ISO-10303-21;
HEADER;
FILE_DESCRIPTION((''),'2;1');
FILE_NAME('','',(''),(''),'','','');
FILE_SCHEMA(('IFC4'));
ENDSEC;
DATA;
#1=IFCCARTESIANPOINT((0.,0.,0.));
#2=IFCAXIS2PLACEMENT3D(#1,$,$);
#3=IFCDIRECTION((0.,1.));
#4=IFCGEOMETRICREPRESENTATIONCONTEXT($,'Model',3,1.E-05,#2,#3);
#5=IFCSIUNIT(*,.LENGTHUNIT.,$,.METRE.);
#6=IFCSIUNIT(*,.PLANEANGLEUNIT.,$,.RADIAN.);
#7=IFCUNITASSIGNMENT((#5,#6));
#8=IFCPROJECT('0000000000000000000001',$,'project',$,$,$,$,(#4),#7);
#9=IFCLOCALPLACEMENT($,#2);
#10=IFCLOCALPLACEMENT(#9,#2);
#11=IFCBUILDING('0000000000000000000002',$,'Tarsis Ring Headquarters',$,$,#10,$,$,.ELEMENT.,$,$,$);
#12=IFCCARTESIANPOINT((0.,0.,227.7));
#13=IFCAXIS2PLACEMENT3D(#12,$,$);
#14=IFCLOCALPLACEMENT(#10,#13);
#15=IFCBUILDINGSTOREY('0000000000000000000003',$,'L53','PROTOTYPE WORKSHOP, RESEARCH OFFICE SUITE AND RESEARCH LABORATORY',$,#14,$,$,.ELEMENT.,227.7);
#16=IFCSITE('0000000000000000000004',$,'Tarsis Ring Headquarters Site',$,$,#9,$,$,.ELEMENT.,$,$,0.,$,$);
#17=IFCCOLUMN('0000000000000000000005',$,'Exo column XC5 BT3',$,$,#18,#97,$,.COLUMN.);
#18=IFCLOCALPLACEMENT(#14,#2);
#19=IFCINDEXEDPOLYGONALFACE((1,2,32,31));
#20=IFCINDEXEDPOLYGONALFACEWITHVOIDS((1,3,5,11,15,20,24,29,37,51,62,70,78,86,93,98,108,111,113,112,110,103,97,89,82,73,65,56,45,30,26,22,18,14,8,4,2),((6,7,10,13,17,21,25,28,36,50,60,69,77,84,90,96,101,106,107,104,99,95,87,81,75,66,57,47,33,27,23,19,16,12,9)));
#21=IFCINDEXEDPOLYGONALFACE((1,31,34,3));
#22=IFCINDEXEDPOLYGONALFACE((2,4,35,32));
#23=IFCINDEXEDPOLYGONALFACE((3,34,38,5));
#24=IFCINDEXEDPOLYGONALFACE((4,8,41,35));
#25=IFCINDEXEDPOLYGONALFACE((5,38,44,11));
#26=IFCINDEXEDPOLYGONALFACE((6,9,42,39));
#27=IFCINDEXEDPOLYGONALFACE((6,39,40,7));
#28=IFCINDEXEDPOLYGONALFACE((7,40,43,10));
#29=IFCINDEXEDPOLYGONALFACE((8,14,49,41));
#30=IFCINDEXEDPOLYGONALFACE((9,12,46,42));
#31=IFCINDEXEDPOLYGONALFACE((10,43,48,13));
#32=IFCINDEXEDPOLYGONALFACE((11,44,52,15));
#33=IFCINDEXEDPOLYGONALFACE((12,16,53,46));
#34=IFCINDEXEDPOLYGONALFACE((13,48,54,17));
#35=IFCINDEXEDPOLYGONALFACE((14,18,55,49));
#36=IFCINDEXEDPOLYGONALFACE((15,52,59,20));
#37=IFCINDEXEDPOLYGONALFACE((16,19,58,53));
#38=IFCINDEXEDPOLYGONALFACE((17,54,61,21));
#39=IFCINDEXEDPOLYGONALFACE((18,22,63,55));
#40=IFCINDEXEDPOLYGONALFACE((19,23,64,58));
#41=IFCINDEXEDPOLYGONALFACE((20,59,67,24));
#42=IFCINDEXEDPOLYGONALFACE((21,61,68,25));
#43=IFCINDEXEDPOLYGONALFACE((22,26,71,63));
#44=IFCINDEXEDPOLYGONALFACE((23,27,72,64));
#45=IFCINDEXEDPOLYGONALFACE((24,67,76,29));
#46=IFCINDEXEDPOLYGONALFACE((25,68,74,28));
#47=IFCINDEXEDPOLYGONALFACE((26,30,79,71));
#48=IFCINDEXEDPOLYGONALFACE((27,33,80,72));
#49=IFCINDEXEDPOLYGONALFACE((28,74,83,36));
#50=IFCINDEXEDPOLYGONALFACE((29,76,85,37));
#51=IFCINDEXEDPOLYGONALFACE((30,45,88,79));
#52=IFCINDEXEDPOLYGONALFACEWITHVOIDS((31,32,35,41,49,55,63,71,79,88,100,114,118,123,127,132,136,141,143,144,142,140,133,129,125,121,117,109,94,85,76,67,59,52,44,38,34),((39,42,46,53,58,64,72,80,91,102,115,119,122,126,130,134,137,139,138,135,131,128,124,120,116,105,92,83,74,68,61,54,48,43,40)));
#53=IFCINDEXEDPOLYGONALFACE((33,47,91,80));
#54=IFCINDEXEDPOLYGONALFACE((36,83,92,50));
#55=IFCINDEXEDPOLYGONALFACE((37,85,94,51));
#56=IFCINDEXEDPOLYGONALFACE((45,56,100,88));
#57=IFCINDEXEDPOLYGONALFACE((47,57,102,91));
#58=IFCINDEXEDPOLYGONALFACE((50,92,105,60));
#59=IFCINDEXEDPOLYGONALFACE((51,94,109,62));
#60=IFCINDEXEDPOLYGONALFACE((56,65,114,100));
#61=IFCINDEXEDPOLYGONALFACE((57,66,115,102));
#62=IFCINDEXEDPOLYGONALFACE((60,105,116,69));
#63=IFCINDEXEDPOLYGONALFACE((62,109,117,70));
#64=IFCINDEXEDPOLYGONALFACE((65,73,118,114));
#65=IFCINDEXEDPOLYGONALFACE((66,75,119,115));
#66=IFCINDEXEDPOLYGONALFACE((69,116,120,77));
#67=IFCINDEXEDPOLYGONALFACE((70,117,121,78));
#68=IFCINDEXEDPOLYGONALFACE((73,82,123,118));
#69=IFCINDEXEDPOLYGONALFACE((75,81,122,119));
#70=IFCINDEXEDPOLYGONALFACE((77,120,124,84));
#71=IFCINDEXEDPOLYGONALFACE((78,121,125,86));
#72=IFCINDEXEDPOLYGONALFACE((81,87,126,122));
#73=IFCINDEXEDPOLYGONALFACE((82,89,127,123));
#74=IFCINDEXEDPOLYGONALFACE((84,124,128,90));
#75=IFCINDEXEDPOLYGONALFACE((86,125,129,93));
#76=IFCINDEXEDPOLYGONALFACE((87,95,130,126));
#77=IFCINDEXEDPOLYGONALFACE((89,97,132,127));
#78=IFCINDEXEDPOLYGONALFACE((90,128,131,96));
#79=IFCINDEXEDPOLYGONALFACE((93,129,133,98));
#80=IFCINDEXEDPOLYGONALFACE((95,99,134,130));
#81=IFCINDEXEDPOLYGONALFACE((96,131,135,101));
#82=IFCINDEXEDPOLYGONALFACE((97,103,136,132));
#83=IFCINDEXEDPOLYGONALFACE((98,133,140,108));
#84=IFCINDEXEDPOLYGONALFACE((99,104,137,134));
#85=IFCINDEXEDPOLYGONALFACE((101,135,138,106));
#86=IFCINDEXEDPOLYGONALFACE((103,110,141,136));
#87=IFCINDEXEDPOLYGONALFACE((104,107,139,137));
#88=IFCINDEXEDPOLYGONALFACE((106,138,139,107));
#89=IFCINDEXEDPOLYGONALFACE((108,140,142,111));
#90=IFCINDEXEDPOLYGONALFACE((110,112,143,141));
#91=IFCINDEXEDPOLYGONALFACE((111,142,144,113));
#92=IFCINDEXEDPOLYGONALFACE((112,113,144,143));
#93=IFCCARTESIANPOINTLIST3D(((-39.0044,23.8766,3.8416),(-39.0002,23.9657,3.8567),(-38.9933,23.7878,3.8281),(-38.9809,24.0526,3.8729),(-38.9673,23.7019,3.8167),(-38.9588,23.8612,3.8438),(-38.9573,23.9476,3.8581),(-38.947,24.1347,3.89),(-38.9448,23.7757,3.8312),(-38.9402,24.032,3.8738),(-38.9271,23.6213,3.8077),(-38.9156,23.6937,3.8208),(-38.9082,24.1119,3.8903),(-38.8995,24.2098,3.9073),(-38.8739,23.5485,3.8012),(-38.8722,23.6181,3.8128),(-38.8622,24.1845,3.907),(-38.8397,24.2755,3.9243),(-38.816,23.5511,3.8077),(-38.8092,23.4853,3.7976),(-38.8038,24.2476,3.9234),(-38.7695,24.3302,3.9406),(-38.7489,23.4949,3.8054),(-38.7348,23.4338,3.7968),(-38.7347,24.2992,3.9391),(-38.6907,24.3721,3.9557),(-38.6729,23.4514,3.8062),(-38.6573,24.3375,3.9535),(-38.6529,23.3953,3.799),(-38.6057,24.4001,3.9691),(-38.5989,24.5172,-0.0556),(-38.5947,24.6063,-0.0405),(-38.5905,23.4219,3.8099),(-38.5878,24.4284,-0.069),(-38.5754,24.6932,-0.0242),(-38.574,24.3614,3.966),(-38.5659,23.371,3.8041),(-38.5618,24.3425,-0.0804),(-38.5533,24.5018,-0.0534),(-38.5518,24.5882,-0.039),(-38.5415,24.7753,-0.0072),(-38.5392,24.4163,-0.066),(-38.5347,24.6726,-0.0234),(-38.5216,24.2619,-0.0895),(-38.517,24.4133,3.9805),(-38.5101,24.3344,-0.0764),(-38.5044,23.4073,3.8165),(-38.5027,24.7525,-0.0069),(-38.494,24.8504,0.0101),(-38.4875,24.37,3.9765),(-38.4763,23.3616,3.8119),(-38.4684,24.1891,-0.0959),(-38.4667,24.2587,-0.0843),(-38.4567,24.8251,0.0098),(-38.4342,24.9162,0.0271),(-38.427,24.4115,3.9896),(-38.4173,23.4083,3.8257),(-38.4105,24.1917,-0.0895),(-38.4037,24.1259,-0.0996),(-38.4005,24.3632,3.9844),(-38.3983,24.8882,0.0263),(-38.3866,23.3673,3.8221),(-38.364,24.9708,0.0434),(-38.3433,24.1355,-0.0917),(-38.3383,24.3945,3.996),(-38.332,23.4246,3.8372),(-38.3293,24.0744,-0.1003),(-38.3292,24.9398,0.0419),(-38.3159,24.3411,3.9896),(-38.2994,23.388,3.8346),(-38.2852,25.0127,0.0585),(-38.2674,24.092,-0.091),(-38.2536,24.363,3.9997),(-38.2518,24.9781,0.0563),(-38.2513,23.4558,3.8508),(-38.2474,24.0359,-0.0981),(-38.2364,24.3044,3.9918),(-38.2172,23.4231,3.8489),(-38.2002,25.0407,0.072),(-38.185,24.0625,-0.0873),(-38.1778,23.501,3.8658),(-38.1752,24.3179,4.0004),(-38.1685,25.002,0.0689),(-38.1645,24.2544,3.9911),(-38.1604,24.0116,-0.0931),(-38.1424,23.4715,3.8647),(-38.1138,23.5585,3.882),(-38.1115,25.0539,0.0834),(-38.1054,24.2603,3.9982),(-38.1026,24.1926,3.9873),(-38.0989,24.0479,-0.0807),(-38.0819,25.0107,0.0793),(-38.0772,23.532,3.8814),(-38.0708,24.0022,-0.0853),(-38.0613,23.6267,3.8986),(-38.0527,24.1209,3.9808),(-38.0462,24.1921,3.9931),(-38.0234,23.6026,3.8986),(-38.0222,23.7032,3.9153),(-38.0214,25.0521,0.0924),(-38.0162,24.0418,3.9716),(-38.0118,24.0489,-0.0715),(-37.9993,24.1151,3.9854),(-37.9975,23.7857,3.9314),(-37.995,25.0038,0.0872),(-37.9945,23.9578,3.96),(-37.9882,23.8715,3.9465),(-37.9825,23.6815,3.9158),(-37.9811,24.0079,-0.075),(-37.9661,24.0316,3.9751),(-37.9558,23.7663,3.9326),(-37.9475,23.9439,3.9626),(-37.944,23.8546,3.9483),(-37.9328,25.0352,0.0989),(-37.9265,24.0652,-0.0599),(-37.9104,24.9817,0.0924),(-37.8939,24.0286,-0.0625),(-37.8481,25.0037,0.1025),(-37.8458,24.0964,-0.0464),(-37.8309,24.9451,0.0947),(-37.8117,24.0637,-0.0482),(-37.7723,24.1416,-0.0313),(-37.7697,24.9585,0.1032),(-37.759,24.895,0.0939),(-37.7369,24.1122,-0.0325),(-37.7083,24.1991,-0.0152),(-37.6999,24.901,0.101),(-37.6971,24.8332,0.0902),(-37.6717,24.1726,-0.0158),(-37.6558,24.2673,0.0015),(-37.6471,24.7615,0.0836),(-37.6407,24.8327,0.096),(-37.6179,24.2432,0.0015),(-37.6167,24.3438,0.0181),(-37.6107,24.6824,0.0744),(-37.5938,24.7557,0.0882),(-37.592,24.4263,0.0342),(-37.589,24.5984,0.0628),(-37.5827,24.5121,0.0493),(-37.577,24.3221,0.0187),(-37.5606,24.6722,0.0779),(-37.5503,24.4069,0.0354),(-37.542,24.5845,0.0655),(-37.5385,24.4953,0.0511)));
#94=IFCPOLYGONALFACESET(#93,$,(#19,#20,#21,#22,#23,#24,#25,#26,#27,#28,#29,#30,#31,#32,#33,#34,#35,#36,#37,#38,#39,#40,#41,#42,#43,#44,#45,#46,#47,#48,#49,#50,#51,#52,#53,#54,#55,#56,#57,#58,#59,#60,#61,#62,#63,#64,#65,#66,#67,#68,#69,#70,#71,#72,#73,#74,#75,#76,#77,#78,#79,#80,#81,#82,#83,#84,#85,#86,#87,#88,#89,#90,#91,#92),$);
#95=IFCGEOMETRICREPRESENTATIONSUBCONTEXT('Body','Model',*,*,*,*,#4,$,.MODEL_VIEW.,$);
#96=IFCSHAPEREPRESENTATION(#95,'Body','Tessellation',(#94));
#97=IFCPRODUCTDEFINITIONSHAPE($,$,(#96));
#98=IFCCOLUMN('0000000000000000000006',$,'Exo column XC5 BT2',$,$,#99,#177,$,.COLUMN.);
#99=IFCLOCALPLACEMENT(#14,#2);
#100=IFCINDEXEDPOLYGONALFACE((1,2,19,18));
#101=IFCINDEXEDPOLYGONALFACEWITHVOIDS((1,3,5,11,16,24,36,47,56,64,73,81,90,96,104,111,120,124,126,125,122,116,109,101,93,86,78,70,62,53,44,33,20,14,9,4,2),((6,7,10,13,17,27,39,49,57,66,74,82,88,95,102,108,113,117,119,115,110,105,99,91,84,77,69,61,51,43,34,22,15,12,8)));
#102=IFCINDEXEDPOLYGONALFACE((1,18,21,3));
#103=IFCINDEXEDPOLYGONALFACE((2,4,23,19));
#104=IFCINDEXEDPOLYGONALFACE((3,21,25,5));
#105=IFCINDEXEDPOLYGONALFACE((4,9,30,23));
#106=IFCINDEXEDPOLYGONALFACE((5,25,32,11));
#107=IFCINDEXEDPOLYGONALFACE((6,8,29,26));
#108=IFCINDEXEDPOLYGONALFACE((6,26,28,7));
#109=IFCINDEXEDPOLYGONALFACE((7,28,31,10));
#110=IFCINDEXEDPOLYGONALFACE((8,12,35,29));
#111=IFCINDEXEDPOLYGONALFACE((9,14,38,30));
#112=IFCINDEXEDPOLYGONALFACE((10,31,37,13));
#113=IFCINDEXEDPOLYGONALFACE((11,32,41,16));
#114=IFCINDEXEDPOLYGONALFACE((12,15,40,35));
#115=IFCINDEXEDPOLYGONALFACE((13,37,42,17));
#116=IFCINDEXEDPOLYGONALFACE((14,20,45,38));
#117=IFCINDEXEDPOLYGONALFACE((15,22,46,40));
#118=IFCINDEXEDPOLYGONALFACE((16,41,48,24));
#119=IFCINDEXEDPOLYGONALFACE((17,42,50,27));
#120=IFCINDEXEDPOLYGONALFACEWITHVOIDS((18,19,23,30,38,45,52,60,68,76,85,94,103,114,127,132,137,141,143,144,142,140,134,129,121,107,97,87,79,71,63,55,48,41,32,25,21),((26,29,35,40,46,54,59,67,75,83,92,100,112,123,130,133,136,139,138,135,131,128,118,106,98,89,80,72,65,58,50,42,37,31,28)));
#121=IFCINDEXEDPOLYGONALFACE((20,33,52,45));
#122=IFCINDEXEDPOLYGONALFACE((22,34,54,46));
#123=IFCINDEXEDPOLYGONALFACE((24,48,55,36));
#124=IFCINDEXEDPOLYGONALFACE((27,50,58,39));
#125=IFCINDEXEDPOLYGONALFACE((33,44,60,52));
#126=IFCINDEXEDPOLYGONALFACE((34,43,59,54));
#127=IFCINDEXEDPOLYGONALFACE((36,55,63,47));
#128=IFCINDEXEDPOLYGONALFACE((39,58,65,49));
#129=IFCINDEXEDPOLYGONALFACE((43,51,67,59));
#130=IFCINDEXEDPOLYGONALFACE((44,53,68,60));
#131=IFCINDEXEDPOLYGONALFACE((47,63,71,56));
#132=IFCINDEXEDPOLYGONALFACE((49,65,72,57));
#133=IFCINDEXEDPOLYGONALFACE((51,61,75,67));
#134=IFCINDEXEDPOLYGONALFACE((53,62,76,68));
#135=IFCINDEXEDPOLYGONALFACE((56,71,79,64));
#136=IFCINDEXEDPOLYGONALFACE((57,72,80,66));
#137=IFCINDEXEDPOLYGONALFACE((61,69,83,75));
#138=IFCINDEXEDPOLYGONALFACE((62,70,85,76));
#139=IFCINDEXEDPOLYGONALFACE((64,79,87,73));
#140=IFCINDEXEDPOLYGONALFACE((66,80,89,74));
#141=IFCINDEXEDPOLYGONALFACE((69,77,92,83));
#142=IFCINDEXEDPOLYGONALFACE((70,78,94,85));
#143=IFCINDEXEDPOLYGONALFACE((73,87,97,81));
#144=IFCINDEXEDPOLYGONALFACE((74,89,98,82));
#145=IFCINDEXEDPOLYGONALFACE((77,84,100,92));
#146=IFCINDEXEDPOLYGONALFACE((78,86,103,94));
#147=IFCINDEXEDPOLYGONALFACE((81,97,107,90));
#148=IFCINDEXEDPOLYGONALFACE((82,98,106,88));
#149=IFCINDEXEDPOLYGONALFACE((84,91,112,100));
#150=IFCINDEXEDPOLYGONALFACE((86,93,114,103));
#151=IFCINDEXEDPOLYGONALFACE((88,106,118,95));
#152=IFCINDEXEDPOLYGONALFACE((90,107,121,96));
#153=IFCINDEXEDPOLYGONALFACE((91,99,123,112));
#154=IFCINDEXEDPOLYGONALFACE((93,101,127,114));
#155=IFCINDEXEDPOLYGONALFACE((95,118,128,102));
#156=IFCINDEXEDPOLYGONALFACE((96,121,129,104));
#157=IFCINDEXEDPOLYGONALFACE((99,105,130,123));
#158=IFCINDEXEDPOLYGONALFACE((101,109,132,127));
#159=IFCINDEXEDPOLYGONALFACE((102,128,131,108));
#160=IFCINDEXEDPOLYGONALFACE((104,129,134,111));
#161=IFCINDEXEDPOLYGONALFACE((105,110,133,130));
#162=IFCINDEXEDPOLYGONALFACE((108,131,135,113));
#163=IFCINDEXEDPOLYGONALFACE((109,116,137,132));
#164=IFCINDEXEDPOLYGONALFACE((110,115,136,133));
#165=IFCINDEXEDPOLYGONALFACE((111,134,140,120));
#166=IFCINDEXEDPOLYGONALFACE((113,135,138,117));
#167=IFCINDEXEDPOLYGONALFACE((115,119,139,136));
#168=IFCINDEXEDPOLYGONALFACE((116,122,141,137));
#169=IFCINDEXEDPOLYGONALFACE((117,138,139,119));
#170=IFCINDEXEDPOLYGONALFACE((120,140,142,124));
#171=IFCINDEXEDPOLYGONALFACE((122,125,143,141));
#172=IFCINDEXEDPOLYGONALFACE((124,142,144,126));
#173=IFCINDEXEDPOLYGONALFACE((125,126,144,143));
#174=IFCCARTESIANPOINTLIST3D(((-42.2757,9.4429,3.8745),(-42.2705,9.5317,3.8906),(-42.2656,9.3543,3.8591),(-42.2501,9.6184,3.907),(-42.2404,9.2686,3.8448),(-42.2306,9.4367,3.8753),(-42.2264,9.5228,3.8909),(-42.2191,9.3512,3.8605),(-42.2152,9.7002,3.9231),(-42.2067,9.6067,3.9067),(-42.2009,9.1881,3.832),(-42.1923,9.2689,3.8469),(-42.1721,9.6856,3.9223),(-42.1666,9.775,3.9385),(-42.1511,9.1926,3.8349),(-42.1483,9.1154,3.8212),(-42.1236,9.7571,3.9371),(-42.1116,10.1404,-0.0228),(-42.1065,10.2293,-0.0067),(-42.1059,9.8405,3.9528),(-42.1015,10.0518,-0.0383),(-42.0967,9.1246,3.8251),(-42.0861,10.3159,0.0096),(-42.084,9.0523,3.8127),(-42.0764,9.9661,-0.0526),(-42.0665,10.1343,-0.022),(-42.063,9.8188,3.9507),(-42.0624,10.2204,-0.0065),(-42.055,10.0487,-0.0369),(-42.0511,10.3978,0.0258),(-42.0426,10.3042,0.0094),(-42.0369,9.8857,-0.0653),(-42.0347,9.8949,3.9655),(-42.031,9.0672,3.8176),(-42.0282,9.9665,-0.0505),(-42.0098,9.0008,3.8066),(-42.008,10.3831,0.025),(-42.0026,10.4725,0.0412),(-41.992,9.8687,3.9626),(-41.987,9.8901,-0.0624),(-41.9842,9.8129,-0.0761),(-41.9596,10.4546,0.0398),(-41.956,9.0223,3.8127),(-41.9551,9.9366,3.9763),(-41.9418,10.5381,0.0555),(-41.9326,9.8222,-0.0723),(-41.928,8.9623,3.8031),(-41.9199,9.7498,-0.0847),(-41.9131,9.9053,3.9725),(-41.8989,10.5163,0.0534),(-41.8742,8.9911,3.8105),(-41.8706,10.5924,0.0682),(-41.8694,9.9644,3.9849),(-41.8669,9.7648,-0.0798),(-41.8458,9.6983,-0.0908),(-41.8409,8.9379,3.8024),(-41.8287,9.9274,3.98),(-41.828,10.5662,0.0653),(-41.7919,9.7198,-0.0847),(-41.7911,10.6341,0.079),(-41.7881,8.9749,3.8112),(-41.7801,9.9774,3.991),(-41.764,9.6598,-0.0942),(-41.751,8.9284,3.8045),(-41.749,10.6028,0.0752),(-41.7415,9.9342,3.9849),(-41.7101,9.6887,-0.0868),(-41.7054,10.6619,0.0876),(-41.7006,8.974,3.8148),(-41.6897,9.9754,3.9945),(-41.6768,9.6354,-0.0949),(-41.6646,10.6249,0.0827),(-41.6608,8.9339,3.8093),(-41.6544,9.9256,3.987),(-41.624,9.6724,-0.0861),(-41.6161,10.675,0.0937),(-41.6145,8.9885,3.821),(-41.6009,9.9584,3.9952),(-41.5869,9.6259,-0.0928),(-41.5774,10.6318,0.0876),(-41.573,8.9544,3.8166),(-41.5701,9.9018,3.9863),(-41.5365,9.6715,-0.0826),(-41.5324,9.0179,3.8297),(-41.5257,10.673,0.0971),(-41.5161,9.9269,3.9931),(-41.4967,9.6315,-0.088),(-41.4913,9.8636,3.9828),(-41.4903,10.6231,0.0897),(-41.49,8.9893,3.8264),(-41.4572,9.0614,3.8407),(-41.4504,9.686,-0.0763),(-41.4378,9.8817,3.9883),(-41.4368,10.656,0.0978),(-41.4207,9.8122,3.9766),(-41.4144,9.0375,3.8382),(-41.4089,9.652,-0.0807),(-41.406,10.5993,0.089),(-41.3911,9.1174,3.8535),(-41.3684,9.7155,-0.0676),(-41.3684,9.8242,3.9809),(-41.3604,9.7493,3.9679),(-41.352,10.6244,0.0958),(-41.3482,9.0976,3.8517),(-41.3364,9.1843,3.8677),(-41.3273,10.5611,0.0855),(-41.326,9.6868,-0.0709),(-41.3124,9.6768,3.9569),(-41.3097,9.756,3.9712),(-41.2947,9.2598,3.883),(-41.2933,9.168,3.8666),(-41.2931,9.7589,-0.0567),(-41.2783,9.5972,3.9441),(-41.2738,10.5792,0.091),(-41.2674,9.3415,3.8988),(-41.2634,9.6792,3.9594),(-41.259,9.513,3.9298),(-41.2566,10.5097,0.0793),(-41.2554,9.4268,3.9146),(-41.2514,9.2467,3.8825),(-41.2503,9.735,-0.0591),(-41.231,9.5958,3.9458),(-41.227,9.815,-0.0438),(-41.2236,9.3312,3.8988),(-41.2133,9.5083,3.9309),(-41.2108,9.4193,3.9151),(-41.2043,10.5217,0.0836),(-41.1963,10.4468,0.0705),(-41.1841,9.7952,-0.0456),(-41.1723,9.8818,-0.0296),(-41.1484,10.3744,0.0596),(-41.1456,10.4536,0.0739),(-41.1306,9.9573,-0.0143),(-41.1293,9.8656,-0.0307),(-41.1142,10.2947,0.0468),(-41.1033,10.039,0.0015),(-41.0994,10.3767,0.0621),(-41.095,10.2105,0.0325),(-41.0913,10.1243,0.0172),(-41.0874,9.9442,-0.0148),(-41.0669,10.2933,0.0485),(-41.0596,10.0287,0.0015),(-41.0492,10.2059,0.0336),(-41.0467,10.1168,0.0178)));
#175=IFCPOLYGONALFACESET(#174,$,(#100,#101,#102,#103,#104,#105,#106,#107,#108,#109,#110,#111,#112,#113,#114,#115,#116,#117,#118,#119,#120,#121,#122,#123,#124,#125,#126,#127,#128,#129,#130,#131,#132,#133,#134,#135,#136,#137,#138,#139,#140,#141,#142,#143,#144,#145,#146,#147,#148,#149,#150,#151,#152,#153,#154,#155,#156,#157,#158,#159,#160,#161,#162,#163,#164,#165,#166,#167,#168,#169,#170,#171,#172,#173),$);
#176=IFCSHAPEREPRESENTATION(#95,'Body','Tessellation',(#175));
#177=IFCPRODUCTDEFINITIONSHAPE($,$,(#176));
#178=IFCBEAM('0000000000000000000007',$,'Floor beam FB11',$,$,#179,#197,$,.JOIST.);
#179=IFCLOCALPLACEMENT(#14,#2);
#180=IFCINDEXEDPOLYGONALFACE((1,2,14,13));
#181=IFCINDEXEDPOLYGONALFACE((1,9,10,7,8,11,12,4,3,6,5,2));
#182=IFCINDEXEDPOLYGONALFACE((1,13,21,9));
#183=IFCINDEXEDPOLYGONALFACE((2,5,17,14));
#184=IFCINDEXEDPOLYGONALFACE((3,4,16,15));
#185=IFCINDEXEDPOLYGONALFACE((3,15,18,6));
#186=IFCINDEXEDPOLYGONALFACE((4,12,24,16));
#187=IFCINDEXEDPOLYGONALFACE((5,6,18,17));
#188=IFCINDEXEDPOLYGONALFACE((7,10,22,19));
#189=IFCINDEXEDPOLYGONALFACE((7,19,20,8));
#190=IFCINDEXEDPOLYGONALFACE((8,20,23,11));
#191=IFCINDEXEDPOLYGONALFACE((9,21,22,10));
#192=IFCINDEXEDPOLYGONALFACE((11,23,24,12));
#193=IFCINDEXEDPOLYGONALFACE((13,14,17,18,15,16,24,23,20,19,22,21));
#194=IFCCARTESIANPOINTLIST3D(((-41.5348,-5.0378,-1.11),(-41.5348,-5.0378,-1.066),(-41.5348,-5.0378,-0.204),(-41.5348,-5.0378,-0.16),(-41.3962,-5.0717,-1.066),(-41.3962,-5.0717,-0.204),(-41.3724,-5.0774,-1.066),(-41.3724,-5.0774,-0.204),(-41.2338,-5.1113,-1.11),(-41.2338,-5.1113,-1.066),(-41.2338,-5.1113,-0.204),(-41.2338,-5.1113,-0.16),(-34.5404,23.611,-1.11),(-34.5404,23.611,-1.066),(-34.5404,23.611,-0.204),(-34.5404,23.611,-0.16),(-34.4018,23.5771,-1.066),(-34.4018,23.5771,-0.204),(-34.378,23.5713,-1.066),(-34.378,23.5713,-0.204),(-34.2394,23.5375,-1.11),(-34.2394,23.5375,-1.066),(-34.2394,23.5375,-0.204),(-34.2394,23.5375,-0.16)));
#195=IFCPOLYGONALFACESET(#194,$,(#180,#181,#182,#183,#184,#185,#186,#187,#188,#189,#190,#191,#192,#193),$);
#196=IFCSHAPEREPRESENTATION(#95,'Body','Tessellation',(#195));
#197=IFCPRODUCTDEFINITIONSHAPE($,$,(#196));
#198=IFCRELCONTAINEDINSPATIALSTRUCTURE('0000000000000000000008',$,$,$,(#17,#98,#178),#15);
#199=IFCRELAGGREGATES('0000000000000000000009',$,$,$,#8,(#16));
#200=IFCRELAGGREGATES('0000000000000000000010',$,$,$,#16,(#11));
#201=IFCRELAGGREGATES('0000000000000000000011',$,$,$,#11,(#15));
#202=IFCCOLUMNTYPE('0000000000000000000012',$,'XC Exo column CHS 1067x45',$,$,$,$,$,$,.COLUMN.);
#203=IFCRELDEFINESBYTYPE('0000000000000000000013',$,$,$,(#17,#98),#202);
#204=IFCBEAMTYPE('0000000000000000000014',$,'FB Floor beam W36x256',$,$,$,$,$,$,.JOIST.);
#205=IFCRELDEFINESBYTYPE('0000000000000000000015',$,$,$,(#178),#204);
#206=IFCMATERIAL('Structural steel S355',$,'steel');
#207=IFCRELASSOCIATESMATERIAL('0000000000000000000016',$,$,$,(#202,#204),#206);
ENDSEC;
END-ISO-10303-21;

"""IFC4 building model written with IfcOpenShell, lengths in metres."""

from ifc_helpers import new_model, si_unit, direction, frame, origin, origin_2d, place, context, subcontext, project, spatial, hollow_circle, i_section, extrude, material, material_profile, profile_set, type_object, element, save


model = new_model("IFC4")

# Units and contexts
model_context = context("Model", 3, precision=1e-05, world=origin(), true_north=direction((0.0, 1.0)))
body_context = subcontext(model_context, "Body", "Model", "MODEL_VIEW")
ifc_project = project(units=[si_unit("LENGTHUNIT", "METRE"), si_unit("PLANEANGLEUNIT", "RADIAN")], contexts=[model_context])

# Site, building, storey
site_placement = place(None, origin())
site = spatial("IfcSite", under=ifc_project, at=site_placement, Name="Tarsis Ring Headquarters Site", CompositionType="ELEMENT", RefElevation=0.0)
building_placement = place(site_placement, origin())
building = spatial("IfcBuilding", under=site, at=building_placement, Name="Tarsis Ring Headquarters", CompositionType="ELEMENT")
storey_placement = place(building_placement, frame((0.0, 0.0, 227.7)))
storey = spatial("IfcBuildingStorey", under=building, at=storey_placement, Name="L53", Description="PROTOTYPE WORKSHOP, RESEARCH OFFICE SUITE AND RESEARCH LABORATORY", CompositionType="ELEMENT", Elevation=227.7)

# Columns
ifc_material_1 = material(Name="Structural steel S355", Category="steel")
ifc_material_profile_1 = material_profile(ifc_material_1, hollow_circle(Radius=0.5334, WallThickness=0.0449, at=origin_2d()), Name="CHS 1067x45")
ifc_profile_set_1 = profile_set([ifc_material_profile_1], Name="Structural steel S355")
column_type = type_object("IfcColumnType", Name="XC Exo column CHS 1067x45", PredefinedType="COLUMN", material=ifc_profile_set_1)
column_1_placement = place(storey_placement, frame((-38.0686, 24.5286, 0.0015), z_axis=(-0.102138, -0.161355, 0.981597), x_axis=(0.844945, -0.534853, 0.0)))
element("IfcColumn", 1, at=column_1_placement, inside=storey, type_object=column_type, Name="Exo column XC5 BT3", PredefinedType="COLUMN", context=body_context, shape_type="SweptSolid", body=[
    extrude(hollow_circle(Radius=0.5334, WallThickness=0.0449, at=origin_2d()), origin(), (0.0, 0.0, 1.0), 3.9702),
])
column_2_placement = place(storey_placement, frame((-41.5789, 10.1509, 0.0015), z_axis=(-0.041403, -0.176026, 0.983514), x_axis=(0.973435, -0.228963, 0.0)))
element("IfcColumn", 2, at=column_2_placement, inside=storey, type_object=column_type, Name="Exo column XC5 BT2", PredefinedType="COLUMN", context=body_context, shape_type="SweptSolid", body=[
    extrude(hollow_circle(Radius=0.5334, WallThickness=0.0449, at=origin_2d()), origin(), (0.0, 0.0, 1.0), 3.9626),
])

# Beam
ifc_material_profile_2 = material_profile(ifc_material_1, i_section(OverallWidth=0.3098, OverallDepth=0.95, WebThickness=0.0244, FlangeThickness=0.0439, at=origin_2d()), Name="W36x256")
ifc_profile_set_2 = profile_set([ifc_material_profile_2], Name="Structural steel S355")
beam_type_1 = type_object("IfcBeamType", Name="FB Floor beam W36x256", PredefinedType="JOIST", material=ifc_profile_set_2)
beam_placement = place(storey_placement, frame((-34.3899, 23.5742, -0.635), z_axis=(-0.237177, -0.971466, 0.0), x_axis=(0.971466, -0.237177, 0.0)))
element("IfcBeam", 3, at=beam_placement, inside=storey, type_object=beam_type_1, Name="Floor beam FB11", PredefinedType="JOIST", context=body_context, shape_type="SweptSolid", body=[
    extrude(i_section(OverallWidth=0.3098, OverallDepth=0.95, WebThickness=0.0244, FlangeThickness=0.0439, at=origin_2d()), origin(), (0.0, 0.0, 1.0), 29.4902),
])

save(model, "model.ifc")
